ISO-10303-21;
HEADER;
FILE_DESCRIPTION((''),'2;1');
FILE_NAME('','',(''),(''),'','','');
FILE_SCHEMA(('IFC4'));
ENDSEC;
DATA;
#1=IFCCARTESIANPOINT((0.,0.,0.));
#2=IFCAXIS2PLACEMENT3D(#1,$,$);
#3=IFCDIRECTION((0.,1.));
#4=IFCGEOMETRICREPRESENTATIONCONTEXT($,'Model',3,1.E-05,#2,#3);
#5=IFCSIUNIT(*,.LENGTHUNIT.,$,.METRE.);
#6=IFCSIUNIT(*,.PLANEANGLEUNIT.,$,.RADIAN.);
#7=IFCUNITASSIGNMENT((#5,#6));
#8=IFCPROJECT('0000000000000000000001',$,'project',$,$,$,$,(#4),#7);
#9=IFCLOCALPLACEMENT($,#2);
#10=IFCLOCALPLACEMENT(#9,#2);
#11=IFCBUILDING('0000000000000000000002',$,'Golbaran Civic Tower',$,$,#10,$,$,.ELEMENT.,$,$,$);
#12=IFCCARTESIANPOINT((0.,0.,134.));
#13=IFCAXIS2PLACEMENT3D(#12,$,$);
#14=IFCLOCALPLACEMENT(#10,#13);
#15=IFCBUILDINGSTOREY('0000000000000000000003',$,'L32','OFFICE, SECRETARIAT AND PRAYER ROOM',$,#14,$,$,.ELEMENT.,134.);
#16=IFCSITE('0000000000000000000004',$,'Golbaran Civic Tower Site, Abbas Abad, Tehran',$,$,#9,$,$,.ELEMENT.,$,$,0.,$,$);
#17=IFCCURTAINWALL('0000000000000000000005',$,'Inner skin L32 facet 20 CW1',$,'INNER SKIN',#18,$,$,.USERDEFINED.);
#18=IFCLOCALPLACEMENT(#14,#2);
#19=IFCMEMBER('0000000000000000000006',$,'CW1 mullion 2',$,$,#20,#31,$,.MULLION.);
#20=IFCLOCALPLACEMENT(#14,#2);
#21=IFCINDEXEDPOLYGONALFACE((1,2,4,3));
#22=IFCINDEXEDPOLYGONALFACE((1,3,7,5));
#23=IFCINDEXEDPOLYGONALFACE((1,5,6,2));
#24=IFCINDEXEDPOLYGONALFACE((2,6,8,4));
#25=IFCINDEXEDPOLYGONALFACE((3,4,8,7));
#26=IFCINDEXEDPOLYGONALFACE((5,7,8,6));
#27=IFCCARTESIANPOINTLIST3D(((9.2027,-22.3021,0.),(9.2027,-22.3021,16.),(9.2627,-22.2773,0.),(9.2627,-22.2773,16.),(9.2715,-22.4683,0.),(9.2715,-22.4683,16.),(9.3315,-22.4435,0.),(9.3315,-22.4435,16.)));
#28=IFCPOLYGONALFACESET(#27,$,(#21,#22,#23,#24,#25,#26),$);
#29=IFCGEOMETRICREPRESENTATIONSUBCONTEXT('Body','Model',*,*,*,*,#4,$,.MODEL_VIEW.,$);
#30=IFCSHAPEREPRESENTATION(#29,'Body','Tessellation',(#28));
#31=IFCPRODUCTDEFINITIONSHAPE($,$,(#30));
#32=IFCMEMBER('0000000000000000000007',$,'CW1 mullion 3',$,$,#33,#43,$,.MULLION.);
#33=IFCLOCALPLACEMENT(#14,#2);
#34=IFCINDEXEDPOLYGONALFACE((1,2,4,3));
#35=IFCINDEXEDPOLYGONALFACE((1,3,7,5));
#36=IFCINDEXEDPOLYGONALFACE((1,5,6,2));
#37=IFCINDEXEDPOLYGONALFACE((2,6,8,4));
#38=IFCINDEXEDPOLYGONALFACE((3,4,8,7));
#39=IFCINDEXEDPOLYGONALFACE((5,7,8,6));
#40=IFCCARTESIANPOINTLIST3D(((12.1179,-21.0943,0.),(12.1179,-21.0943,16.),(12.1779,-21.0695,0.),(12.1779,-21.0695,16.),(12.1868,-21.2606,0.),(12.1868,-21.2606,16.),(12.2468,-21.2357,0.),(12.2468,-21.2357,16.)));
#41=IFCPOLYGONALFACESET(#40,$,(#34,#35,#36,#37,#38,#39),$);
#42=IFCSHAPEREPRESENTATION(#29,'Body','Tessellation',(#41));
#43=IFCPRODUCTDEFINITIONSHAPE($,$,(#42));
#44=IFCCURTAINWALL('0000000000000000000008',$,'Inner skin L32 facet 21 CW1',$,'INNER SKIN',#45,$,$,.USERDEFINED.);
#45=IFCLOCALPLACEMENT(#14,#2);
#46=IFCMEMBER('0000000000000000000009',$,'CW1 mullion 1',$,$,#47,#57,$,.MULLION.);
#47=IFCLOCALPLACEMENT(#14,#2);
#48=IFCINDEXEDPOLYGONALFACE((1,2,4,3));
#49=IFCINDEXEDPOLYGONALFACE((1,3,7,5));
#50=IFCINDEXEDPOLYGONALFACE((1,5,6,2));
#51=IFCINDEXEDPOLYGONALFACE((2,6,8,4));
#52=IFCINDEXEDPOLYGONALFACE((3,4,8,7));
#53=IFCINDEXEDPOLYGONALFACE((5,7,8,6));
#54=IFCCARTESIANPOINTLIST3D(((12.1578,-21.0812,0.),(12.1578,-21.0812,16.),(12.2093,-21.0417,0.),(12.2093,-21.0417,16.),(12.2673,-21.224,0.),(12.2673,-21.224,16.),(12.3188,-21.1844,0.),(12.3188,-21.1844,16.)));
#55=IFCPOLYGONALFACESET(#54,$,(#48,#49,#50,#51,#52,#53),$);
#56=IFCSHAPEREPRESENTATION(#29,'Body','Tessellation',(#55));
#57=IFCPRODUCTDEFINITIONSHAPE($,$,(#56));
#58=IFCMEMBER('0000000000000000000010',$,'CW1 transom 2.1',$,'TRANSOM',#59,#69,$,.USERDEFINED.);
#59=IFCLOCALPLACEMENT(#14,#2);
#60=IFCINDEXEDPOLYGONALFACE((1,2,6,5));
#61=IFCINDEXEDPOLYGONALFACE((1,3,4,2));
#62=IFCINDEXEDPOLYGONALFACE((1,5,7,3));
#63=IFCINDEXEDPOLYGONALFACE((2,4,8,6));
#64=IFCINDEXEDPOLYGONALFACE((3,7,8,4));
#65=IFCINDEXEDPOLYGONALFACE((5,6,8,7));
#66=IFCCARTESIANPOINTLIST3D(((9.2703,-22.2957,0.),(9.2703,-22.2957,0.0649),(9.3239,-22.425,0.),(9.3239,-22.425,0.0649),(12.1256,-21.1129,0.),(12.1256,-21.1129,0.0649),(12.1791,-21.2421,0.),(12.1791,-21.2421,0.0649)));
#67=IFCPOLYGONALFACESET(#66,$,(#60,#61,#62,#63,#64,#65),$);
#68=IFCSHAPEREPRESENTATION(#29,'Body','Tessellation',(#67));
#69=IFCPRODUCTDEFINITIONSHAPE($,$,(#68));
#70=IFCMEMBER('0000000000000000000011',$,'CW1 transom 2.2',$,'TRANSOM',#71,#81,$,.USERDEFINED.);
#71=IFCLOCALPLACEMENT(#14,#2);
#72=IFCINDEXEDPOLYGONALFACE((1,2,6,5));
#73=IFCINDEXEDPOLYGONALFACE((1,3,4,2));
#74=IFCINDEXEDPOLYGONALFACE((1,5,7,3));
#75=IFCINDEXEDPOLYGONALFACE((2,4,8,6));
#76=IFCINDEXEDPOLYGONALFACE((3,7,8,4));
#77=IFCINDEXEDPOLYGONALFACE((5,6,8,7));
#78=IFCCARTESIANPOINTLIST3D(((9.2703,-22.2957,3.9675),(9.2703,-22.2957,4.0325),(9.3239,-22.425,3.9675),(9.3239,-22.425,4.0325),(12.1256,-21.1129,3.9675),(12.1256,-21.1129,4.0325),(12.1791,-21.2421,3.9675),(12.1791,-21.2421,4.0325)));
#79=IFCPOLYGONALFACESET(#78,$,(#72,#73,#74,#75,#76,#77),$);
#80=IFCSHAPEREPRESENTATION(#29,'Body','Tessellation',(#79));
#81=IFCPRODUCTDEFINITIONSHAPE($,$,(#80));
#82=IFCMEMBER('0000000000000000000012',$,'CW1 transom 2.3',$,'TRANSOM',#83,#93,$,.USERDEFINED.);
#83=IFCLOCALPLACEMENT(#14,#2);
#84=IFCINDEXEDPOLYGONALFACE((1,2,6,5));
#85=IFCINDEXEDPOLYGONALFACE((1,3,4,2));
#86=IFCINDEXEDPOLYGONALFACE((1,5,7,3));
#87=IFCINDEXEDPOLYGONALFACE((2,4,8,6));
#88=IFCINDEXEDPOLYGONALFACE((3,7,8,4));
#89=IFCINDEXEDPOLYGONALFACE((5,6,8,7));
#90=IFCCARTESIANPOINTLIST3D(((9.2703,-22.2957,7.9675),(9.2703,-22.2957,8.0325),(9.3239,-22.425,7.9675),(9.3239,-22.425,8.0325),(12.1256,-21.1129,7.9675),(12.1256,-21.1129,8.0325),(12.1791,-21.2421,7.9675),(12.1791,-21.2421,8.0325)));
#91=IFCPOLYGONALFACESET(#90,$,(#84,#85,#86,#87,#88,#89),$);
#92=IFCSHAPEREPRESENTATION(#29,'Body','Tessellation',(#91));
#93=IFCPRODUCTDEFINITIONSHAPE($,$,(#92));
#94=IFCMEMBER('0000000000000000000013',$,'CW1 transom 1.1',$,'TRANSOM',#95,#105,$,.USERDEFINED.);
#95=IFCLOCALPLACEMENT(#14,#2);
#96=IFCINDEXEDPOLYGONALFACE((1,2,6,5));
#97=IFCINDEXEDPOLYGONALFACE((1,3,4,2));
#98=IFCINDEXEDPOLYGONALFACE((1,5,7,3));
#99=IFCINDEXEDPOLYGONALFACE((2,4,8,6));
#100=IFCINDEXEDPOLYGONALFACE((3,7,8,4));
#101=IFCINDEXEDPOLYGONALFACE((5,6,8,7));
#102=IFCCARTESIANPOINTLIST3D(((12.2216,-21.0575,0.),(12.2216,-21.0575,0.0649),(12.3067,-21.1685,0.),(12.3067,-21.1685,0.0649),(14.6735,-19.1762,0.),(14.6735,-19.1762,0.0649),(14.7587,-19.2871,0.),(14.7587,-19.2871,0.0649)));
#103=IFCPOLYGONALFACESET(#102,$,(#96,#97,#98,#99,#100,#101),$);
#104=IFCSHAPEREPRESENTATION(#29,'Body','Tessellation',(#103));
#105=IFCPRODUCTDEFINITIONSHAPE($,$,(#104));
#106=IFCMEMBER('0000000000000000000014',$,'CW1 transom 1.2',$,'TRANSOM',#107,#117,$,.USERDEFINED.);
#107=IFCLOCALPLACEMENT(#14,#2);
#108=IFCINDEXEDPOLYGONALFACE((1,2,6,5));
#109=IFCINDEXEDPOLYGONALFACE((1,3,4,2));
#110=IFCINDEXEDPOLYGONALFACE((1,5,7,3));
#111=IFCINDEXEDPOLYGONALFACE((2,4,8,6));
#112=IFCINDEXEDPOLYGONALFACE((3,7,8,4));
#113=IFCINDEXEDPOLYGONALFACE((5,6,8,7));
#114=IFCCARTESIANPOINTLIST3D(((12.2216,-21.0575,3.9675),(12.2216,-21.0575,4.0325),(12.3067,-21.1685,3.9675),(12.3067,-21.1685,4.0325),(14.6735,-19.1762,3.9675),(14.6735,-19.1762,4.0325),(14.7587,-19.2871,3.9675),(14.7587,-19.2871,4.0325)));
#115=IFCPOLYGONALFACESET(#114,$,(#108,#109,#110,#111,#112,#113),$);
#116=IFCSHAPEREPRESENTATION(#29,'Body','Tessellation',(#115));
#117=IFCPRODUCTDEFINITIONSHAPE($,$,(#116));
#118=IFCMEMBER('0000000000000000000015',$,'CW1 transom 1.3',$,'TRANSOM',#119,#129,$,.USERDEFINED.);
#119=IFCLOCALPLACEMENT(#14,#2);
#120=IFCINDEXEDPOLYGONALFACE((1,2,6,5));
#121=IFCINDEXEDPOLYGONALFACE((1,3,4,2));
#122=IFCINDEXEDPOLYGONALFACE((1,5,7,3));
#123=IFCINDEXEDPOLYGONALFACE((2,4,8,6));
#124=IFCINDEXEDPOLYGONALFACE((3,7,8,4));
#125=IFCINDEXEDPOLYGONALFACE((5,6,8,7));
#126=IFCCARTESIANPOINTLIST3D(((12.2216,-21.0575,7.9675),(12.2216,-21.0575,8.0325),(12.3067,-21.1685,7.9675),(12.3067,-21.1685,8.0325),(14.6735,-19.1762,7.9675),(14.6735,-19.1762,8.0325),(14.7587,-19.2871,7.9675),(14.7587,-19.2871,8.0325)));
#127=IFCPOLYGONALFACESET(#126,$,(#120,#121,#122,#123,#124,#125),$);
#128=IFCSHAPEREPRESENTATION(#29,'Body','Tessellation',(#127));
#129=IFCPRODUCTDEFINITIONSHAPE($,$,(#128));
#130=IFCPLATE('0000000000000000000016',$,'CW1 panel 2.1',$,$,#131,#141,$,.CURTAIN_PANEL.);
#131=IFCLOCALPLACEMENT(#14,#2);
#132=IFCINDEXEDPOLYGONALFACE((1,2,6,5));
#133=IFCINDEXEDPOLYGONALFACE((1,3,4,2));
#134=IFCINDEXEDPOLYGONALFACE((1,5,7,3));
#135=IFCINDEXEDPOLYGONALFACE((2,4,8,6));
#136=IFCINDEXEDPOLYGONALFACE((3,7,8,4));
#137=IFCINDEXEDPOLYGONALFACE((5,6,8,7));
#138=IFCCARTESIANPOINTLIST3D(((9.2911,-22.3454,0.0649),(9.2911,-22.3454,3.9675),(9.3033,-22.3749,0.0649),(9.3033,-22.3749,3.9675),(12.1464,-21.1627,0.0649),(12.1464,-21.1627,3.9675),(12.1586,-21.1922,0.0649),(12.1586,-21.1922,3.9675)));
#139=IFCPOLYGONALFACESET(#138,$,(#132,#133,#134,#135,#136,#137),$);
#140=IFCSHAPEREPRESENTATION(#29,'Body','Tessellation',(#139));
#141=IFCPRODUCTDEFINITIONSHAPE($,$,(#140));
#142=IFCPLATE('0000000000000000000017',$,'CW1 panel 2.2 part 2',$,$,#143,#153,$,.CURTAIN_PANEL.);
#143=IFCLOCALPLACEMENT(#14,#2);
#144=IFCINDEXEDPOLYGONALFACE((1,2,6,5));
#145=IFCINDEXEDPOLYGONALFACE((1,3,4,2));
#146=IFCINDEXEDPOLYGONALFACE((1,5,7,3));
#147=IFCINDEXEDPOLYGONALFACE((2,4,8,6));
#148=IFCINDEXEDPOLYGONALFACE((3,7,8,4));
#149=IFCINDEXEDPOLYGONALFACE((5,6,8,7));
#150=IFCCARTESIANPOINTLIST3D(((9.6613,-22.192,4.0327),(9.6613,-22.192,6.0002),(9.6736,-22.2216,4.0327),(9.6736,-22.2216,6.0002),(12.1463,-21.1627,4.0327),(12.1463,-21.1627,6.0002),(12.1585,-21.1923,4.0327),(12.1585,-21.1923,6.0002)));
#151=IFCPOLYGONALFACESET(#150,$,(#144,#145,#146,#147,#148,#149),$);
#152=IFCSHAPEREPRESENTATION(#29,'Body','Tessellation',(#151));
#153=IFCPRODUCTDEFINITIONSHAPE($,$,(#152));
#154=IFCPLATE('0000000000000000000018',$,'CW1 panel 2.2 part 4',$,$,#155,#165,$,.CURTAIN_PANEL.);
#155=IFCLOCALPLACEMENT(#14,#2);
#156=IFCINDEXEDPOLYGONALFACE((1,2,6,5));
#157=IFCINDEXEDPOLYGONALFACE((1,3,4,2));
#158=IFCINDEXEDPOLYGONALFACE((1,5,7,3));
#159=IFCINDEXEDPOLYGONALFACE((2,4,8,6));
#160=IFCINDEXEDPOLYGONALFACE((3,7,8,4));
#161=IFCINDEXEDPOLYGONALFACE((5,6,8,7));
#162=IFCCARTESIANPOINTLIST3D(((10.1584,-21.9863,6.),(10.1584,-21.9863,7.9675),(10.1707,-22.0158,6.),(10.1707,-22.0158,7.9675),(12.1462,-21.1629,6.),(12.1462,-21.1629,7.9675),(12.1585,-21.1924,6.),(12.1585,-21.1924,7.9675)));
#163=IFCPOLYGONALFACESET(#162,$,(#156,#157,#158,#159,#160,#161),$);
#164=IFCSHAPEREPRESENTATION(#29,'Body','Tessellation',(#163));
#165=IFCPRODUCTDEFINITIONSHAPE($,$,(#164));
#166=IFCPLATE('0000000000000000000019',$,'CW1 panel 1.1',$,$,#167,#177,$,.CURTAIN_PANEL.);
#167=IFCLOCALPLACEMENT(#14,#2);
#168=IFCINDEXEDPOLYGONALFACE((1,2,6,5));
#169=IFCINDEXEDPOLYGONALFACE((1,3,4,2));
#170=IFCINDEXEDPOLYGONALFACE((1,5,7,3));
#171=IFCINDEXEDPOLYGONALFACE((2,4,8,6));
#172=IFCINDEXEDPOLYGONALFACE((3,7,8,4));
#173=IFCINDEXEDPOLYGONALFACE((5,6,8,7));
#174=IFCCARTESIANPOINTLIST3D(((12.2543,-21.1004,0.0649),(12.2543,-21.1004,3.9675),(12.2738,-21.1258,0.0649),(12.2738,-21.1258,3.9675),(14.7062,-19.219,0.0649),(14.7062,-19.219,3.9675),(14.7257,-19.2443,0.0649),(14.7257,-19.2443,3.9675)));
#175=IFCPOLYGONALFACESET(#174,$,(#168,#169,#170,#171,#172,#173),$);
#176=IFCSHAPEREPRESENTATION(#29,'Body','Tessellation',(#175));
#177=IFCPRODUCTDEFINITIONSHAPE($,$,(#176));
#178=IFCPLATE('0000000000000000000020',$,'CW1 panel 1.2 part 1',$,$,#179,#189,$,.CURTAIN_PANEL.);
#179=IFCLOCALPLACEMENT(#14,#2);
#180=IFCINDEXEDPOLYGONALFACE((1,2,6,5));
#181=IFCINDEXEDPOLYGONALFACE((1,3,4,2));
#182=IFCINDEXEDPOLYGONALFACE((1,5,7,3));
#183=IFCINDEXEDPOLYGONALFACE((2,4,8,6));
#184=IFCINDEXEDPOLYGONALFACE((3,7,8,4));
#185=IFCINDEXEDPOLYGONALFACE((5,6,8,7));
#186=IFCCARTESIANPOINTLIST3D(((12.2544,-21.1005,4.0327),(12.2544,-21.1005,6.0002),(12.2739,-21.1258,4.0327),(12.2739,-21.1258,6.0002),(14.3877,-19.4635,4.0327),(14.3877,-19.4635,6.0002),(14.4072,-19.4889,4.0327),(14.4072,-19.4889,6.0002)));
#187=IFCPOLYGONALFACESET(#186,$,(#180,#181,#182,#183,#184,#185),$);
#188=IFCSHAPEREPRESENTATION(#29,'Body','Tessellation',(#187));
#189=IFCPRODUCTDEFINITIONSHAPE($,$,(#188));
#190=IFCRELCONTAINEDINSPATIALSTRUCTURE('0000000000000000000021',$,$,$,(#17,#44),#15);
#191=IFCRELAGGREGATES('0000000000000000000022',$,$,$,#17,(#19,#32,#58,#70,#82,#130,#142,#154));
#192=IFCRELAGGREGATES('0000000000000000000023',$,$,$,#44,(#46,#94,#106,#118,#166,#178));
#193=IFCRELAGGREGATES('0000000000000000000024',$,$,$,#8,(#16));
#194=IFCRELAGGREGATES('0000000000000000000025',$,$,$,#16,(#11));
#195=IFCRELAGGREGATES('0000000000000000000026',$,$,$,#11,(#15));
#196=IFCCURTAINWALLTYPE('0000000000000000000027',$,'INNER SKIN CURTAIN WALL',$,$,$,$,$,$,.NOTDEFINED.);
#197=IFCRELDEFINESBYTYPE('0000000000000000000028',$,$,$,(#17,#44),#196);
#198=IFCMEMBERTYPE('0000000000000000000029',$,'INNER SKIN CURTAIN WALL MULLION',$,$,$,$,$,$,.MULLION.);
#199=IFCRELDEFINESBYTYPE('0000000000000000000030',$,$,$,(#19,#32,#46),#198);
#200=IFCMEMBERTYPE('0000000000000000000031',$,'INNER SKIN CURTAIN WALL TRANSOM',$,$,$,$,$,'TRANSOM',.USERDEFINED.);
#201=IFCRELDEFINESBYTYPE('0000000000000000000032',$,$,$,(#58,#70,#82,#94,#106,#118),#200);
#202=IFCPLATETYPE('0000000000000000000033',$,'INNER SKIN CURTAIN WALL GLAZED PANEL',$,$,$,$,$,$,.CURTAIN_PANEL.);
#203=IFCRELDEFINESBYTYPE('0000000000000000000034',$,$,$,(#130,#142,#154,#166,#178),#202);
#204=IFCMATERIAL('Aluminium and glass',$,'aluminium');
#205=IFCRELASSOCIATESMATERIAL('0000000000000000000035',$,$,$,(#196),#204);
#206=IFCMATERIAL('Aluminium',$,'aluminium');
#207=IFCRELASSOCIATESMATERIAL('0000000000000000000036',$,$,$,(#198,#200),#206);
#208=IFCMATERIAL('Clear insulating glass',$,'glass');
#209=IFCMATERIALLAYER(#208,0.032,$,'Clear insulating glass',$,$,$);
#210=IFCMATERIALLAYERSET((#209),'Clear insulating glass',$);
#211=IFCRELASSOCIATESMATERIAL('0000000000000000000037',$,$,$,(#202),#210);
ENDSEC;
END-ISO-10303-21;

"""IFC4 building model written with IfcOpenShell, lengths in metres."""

from ifc_helpers import new_model, si_unit, direction, frame, origin, origin_2d, place, context, subcontext, project, spatial, rectangle, extrude, material, layer, layer_set, material_profile, profile_set, type_object, element, aggregate, save


model = new_model("IFC4")

# Units and contexts
model_context = context("Model", 3, precision=1e-05, world=origin(), true_north=direction((0.0, 1.0)))
body_context = subcontext(model_context, "Body", "Model", "MODEL_VIEW")
ifc_project = project(units=[si_unit("LENGTHUNIT", "METRE"), si_unit("PLANEANGLEUNIT", "RADIAN")], contexts=[model_context])

# Site, building, storey
site_placement = place(None, origin())
site = spatial("IfcSite", under=ifc_project, at=site_placement, Name="Golbaran Civic Tower Site, Abbas Abad, Tehran", CompositionType="ELEMENT", RefElevation=0.0)
building_placement = place(site_placement, origin())
building = spatial("IfcBuilding", under=site, at=building_placement, Name="Golbaran Civic Tower", CompositionType="ELEMENT")
storey_placement = place(building_placement, frame((0.0, 0.0, 134.0)))
storey = spatial("IfcBuildingStorey", under=building, at=storey_placement, Name="L32", Description="OFFICE, SECRETARIAT AND PRAYER ROOM", CompositionType="ELEMENT", Elevation=134.0)

# Curtain wall, members
ifc_material_1 = material(Name="Aluminium and glass", Category="aluminium")
curtain_wall_type_1 = type_object("IfcCurtainWallType", Name="INNER SKIN CURTAIN WALL", PredefinedType="NOTDEFINED", material=ifc_material_1)
curtain_wall_1_placement = place(storey_placement, origin())
curtain_wall_1 = element("IfcCurtainWall", 1, at=curtain_wall_1_placement, inside=storey, type_object=curtain_wall_type_1, Name="Inner skin L32 facet 20 CW1", ObjectType="INNER SKIN", PredefinedType="USERDEFINED")
ifc_material_2 = material(Name="Aluminium", Category="aluminium")
ifc_material_profile_1 = material_profile(ifc_material_2, rectangle(XDim=0.1799, YDim=0.0649, at=origin_2d()), Name="INNER SKIN CURTAIN WALL MULLION")
ifc_profile_set_1 = profile_set([ifc_material_profile_1], Name="Aluminium")
member_type_1 = type_object("IfcMemberType", Name="INNER SKIN CURTAIN WALL MULLION", PredefinedType="MULLION", material=ifc_profile_set_1)
member_1_placement = place(storey_placement, frame((9.2671, -22.3728, 0.0), z_axis=(0.0, 0.0, 1.0), x_axis=(-0.382683, 0.92388, 0.0)))
member_1 = element("IfcMember", 2, at=member_1_placement, type_object=member_type_1, Name="CW1 mullion 2", PredefinedType="MULLION", context=body_context, shape_type="SweptSolid", body=[
    extrude(rectangle(XDim=0.1799, YDim=0.0649, at=origin_2d()), origin(), (0.0, 0.0, 1.0), 16.0),
])
member_2_placement = place(storey_placement, frame((12.1824, -21.165, 0.0), z_axis=(0.0, 0.0, 1.0), x_axis=(-0.382683, 0.92388, 0.0)))
member_2 = element("IfcMember", 3, at=member_2_placement, type_object=member_type_1, Name="CW1 mullion 3", PredefinedType="MULLION", context=body_context, shape_type="SweptSolid", body=[
    extrude(rectangle(XDim=0.1799, YDim=0.0649, at=origin_2d()), origin(), (0.0, 0.0, 1.0), 16.0),
])

# Curtain wall, member
curtain_wall_2_placement = place(storey_placement, origin())
curtain_wall_2 = element("IfcCurtainWall", 4, at=curtain_wall_2_placement, inside=storey, type_object=curtain_wall_type_1, Name="Inner skin L32 facet 21 CW1", ObjectType="INNER SKIN", PredefinedType="USERDEFINED")
member_3_placement = place(storey_placement, frame((12.2383, -21.1328, 0.0), z_axis=(0.0, 0.0, 1.0), x_axis=(-0.608761, 0.793353, 0.0)))
member_3 = element("IfcMember", 5, at=member_3_placement, type_object=member_type_1, Name="CW1 mullion 1", PredefinedType="MULLION", context=body_context, shape_type="SweptSolid", body=[
    extrude(rectangle(XDim=0.1799, YDim=0.0649, at=origin_2d()), origin(), (0.0, 0.0, 1.0), 16.0),
])

# Members
ifc_material_profile_2 = material_profile(ifc_material_2, rectangle(XDim=0.1399, YDim=0.0649, at=origin_2d()), Name="INNER SKIN CURTAIN WALL TRANSOM")
ifc_profile_set_2 = profile_set([ifc_material_profile_2], Name="Aluminium")
member_type_2 = type_object("IfcMemberType", Name="INNER SKIN CURTAIN WALL TRANSOM", ElementType="TRANSOM", PredefinedType="USERDEFINED", material=ifc_profile_set_2)
member_4_placement = place(storey_placement, frame((9.2971, -22.3604, 0.0325), z_axis=(0.923858, 0.382736, 0.0), x_axis=(-0.382736, 0.923858, 0.0)))
member_4 = element("IfcMember", 6, at=member_4_placement, type_object=member_type_2, Name="CW1 transom 2.1", ObjectType="TRANSOM", PredefinedType="USERDEFINED", context=body_context, shape_type="SweptSolid", body=[
    extrude(rectangle(XDim=0.1399, YDim=0.0649, at=origin_2d()), origin(), (0.0, 0.0, 1.0), 3.0906),
])
member_5_placement = place(storey_placement, frame((9.2971, -22.3604, 4.0), z_axis=(0.923858, 0.382736, 0.0), x_axis=(-0.382736, 0.923858, 0.0)))
member_5 = element("IfcMember", 7, at=member_5_placement, type_object=member_type_2, Name="CW1 transom 2.2", ObjectType="TRANSOM", PredefinedType="USERDEFINED", context=body_context, shape_type="SweptSolid", body=[
    extrude(rectangle(XDim=0.1399, YDim=0.0649, at=origin_2d()), origin(), (0.0, 0.0, 1.0), 3.0906),
])
member_6_placement = place(storey_placement, frame((9.2971, -22.3604, 8.0), z_axis=(0.923858, 0.382736, 0.0), x_axis=(-0.382736, 0.923858, 0.0)))
member_6 = element("IfcMember", 8, at=member_6_placement, type_object=member_type_2, Name="CW1 transom 2.3", ObjectType="TRANSOM", PredefinedType="USERDEFINED", context=body_context, shape_type="SweptSolid", body=[
    extrude(rectangle(XDim=0.1399, YDim=0.0649, at=origin_2d()), origin(), (0.0, 0.0, 1.0), 3.0906),
])
member_7_placement = place(storey_placement, frame((12.2642, -21.113, 0.0325), z_axis=(0.793363, 0.608748, 0.0), x_axis=(-0.608748, 0.793363, 0.0)))
member_7 = element("IfcMember", 9, at=member_7_placement, type_object=member_type_2, Name="CW1 transom 1.1", ObjectType="TRANSOM", PredefinedType="USERDEFINED", context=body_context, shape_type="SweptSolid", body=[
    extrude(rectangle(XDim=0.1399, YDim=0.0649, at=origin_2d()), origin(), (0.0, 0.0, 1.0), 3.0906),
])
member_8_placement = place(storey_placement, frame((12.2642, -21.113, 4.0), z_axis=(0.793363, 0.608748, 0.0), x_axis=(-0.608748, 0.793363, 0.0)))
member_8 = element("IfcMember", 10, at=member_8_placement, type_object=member_type_2, Name="CW1 transom 1.2", ObjectType="TRANSOM", PredefinedType="USERDEFINED", context=body_context, shape_type="SweptSolid", body=[
    extrude(rectangle(XDim=0.1399, YDim=0.0649, at=origin_2d()), origin(), (0.0, 0.0, 1.0), 3.0906),
])
member_9_placement = place(storey_placement, frame((12.2642, -21.113, 8.0), z_axis=(0.793363, 0.608748, 0.0), x_axis=(-0.608748, 0.793363, 0.0)))
member_9 = element("IfcMember", 11, at=member_9_placement, type_object=member_type_2, Name="CW1 transom 1.3", ObjectType="TRANSOM", PredefinedType="USERDEFINED", context=body_context, shape_type="SweptSolid", body=[
    extrude(rectangle(XDim=0.1399, YDim=0.0649, at=origin_2d()), origin(), (0.0, 0.0, 1.0), 3.0906),
])

# Plates
ifc_material_3 = material(Name="Clear insulating glass", Category="glass")
ifc_layer_1 = layer(ifc_material_3, 0.032, Name="Clear insulating glass")
ifc_layer_set_1 = layer_set([ifc_layer_1], Name="Clear insulating glass")
plate_type_1 = type_object("IfcPlateType", Name="INNER SKIN CURTAIN WALL GLAZED PANEL", PredefinedType="CURTAIN_PANEL", material=ifc_layer_set_1)
plate_1_placement = place(storey_placement, frame((10.7249, -21.7688, 0.0649), z_axis=(0.0, 0.0, 1.0), x_axis=(0.92388, 0.382683, 0.0)))
plate_1 = element("IfcPlate", 12, at=plate_1_placement, type_object=plate_type_1, Name="CW1 panel 2.1", PredefinedType="CURTAIN_PANEL", context=body_context, shape_type="SweptSolid", body=[
    extrude(rectangle(XDim=3.0906, YDim=0.032, at=origin_2d()), origin(), (0.0, 0.0, 1.0), 3.9026),
])
plate_2_placement = place(storey_placement, frame((10.9099, -21.6921, 4.0327), z_axis=(0.0, 0.0, 1.0), x_axis=(0.92388, 0.382683, 0.0)))
plate_2 = element("IfcPlate", 13, at=plate_2_placement, type_object=plate_type_1, Name="CW1 panel 2.2 part 2", PredefinedType="CURTAIN_PANEL", context=body_context, shape_type="SweptSolid", body=[
    extrude(rectangle(XDim=2.6897, YDim=0.032, at=origin_2d()), origin(), (0.0, 0.0, 1.0), 1.9675),
])
plate_3_placement = place(storey_placement, frame((11.1584, -21.5894, 6.0), z_axis=(0.0, 0.0, 1.0), x_axis=(0.92388, 0.382683, 0.0)))
plate_3 = element("IfcPlate", 14, at=plate_3_placement, type_object=plate_type_1, Name="CW1 panel 2.2 part 4", PredefinedType="CURTAIN_PANEL", context=body_context, shape_type="SweptSolid", body=[
    extrude(rectangle(XDim=2.1516, YDim=0.032, at=origin_2d()), origin(), (0.0, 0.0, 1.0), 1.9675),
])
plate_4_placement = place(storey_placement, frame((13.49, -20.1724, 0.0649), z_axis=(0.0, 0.0, 1.0), x_axis=(0.793353, 0.608761, 0.0)))
plate_4 = element("IfcPlate", 15, at=plate_4_placement, type_object=plate_type_1, Name="CW1 panel 1.1", PredefinedType="CURTAIN_PANEL", context=body_context, shape_type="SweptSolid", body=[
    extrude(rectangle(XDim=3.0906, YDim=0.032, at=origin_2d()), origin(), (0.0, 0.0, 1.0), 3.9026),
])
plate_5_placement = place(storey_placement, frame((13.3308, -20.2947, 4.0327), z_axis=(0.0, 0.0, 1.0), x_axis=(0.793353, 0.608761, 0.0)))
plate_5 = element("IfcPlate", 16, at=plate_5_placement, type_object=plate_type_1, Name="CW1 panel 1.2 part 1", PredefinedType="CURTAIN_PANEL", context=body_context, shape_type="SweptSolid", body=[
    extrude(rectangle(XDim=2.689, YDim=0.032, at=origin_2d()), origin(), (0.0, 0.0, 1.0), 1.9675),
])
aggregate(curtain_wall_1, [member_1, member_2, member_4, member_5, member_6, plate_1, plate_2, plate_3])
aggregate(curtain_wall_2, [member_3, member_7, member_8, member_9, plate_4, plate_5])

save(model, "model.ifc")
